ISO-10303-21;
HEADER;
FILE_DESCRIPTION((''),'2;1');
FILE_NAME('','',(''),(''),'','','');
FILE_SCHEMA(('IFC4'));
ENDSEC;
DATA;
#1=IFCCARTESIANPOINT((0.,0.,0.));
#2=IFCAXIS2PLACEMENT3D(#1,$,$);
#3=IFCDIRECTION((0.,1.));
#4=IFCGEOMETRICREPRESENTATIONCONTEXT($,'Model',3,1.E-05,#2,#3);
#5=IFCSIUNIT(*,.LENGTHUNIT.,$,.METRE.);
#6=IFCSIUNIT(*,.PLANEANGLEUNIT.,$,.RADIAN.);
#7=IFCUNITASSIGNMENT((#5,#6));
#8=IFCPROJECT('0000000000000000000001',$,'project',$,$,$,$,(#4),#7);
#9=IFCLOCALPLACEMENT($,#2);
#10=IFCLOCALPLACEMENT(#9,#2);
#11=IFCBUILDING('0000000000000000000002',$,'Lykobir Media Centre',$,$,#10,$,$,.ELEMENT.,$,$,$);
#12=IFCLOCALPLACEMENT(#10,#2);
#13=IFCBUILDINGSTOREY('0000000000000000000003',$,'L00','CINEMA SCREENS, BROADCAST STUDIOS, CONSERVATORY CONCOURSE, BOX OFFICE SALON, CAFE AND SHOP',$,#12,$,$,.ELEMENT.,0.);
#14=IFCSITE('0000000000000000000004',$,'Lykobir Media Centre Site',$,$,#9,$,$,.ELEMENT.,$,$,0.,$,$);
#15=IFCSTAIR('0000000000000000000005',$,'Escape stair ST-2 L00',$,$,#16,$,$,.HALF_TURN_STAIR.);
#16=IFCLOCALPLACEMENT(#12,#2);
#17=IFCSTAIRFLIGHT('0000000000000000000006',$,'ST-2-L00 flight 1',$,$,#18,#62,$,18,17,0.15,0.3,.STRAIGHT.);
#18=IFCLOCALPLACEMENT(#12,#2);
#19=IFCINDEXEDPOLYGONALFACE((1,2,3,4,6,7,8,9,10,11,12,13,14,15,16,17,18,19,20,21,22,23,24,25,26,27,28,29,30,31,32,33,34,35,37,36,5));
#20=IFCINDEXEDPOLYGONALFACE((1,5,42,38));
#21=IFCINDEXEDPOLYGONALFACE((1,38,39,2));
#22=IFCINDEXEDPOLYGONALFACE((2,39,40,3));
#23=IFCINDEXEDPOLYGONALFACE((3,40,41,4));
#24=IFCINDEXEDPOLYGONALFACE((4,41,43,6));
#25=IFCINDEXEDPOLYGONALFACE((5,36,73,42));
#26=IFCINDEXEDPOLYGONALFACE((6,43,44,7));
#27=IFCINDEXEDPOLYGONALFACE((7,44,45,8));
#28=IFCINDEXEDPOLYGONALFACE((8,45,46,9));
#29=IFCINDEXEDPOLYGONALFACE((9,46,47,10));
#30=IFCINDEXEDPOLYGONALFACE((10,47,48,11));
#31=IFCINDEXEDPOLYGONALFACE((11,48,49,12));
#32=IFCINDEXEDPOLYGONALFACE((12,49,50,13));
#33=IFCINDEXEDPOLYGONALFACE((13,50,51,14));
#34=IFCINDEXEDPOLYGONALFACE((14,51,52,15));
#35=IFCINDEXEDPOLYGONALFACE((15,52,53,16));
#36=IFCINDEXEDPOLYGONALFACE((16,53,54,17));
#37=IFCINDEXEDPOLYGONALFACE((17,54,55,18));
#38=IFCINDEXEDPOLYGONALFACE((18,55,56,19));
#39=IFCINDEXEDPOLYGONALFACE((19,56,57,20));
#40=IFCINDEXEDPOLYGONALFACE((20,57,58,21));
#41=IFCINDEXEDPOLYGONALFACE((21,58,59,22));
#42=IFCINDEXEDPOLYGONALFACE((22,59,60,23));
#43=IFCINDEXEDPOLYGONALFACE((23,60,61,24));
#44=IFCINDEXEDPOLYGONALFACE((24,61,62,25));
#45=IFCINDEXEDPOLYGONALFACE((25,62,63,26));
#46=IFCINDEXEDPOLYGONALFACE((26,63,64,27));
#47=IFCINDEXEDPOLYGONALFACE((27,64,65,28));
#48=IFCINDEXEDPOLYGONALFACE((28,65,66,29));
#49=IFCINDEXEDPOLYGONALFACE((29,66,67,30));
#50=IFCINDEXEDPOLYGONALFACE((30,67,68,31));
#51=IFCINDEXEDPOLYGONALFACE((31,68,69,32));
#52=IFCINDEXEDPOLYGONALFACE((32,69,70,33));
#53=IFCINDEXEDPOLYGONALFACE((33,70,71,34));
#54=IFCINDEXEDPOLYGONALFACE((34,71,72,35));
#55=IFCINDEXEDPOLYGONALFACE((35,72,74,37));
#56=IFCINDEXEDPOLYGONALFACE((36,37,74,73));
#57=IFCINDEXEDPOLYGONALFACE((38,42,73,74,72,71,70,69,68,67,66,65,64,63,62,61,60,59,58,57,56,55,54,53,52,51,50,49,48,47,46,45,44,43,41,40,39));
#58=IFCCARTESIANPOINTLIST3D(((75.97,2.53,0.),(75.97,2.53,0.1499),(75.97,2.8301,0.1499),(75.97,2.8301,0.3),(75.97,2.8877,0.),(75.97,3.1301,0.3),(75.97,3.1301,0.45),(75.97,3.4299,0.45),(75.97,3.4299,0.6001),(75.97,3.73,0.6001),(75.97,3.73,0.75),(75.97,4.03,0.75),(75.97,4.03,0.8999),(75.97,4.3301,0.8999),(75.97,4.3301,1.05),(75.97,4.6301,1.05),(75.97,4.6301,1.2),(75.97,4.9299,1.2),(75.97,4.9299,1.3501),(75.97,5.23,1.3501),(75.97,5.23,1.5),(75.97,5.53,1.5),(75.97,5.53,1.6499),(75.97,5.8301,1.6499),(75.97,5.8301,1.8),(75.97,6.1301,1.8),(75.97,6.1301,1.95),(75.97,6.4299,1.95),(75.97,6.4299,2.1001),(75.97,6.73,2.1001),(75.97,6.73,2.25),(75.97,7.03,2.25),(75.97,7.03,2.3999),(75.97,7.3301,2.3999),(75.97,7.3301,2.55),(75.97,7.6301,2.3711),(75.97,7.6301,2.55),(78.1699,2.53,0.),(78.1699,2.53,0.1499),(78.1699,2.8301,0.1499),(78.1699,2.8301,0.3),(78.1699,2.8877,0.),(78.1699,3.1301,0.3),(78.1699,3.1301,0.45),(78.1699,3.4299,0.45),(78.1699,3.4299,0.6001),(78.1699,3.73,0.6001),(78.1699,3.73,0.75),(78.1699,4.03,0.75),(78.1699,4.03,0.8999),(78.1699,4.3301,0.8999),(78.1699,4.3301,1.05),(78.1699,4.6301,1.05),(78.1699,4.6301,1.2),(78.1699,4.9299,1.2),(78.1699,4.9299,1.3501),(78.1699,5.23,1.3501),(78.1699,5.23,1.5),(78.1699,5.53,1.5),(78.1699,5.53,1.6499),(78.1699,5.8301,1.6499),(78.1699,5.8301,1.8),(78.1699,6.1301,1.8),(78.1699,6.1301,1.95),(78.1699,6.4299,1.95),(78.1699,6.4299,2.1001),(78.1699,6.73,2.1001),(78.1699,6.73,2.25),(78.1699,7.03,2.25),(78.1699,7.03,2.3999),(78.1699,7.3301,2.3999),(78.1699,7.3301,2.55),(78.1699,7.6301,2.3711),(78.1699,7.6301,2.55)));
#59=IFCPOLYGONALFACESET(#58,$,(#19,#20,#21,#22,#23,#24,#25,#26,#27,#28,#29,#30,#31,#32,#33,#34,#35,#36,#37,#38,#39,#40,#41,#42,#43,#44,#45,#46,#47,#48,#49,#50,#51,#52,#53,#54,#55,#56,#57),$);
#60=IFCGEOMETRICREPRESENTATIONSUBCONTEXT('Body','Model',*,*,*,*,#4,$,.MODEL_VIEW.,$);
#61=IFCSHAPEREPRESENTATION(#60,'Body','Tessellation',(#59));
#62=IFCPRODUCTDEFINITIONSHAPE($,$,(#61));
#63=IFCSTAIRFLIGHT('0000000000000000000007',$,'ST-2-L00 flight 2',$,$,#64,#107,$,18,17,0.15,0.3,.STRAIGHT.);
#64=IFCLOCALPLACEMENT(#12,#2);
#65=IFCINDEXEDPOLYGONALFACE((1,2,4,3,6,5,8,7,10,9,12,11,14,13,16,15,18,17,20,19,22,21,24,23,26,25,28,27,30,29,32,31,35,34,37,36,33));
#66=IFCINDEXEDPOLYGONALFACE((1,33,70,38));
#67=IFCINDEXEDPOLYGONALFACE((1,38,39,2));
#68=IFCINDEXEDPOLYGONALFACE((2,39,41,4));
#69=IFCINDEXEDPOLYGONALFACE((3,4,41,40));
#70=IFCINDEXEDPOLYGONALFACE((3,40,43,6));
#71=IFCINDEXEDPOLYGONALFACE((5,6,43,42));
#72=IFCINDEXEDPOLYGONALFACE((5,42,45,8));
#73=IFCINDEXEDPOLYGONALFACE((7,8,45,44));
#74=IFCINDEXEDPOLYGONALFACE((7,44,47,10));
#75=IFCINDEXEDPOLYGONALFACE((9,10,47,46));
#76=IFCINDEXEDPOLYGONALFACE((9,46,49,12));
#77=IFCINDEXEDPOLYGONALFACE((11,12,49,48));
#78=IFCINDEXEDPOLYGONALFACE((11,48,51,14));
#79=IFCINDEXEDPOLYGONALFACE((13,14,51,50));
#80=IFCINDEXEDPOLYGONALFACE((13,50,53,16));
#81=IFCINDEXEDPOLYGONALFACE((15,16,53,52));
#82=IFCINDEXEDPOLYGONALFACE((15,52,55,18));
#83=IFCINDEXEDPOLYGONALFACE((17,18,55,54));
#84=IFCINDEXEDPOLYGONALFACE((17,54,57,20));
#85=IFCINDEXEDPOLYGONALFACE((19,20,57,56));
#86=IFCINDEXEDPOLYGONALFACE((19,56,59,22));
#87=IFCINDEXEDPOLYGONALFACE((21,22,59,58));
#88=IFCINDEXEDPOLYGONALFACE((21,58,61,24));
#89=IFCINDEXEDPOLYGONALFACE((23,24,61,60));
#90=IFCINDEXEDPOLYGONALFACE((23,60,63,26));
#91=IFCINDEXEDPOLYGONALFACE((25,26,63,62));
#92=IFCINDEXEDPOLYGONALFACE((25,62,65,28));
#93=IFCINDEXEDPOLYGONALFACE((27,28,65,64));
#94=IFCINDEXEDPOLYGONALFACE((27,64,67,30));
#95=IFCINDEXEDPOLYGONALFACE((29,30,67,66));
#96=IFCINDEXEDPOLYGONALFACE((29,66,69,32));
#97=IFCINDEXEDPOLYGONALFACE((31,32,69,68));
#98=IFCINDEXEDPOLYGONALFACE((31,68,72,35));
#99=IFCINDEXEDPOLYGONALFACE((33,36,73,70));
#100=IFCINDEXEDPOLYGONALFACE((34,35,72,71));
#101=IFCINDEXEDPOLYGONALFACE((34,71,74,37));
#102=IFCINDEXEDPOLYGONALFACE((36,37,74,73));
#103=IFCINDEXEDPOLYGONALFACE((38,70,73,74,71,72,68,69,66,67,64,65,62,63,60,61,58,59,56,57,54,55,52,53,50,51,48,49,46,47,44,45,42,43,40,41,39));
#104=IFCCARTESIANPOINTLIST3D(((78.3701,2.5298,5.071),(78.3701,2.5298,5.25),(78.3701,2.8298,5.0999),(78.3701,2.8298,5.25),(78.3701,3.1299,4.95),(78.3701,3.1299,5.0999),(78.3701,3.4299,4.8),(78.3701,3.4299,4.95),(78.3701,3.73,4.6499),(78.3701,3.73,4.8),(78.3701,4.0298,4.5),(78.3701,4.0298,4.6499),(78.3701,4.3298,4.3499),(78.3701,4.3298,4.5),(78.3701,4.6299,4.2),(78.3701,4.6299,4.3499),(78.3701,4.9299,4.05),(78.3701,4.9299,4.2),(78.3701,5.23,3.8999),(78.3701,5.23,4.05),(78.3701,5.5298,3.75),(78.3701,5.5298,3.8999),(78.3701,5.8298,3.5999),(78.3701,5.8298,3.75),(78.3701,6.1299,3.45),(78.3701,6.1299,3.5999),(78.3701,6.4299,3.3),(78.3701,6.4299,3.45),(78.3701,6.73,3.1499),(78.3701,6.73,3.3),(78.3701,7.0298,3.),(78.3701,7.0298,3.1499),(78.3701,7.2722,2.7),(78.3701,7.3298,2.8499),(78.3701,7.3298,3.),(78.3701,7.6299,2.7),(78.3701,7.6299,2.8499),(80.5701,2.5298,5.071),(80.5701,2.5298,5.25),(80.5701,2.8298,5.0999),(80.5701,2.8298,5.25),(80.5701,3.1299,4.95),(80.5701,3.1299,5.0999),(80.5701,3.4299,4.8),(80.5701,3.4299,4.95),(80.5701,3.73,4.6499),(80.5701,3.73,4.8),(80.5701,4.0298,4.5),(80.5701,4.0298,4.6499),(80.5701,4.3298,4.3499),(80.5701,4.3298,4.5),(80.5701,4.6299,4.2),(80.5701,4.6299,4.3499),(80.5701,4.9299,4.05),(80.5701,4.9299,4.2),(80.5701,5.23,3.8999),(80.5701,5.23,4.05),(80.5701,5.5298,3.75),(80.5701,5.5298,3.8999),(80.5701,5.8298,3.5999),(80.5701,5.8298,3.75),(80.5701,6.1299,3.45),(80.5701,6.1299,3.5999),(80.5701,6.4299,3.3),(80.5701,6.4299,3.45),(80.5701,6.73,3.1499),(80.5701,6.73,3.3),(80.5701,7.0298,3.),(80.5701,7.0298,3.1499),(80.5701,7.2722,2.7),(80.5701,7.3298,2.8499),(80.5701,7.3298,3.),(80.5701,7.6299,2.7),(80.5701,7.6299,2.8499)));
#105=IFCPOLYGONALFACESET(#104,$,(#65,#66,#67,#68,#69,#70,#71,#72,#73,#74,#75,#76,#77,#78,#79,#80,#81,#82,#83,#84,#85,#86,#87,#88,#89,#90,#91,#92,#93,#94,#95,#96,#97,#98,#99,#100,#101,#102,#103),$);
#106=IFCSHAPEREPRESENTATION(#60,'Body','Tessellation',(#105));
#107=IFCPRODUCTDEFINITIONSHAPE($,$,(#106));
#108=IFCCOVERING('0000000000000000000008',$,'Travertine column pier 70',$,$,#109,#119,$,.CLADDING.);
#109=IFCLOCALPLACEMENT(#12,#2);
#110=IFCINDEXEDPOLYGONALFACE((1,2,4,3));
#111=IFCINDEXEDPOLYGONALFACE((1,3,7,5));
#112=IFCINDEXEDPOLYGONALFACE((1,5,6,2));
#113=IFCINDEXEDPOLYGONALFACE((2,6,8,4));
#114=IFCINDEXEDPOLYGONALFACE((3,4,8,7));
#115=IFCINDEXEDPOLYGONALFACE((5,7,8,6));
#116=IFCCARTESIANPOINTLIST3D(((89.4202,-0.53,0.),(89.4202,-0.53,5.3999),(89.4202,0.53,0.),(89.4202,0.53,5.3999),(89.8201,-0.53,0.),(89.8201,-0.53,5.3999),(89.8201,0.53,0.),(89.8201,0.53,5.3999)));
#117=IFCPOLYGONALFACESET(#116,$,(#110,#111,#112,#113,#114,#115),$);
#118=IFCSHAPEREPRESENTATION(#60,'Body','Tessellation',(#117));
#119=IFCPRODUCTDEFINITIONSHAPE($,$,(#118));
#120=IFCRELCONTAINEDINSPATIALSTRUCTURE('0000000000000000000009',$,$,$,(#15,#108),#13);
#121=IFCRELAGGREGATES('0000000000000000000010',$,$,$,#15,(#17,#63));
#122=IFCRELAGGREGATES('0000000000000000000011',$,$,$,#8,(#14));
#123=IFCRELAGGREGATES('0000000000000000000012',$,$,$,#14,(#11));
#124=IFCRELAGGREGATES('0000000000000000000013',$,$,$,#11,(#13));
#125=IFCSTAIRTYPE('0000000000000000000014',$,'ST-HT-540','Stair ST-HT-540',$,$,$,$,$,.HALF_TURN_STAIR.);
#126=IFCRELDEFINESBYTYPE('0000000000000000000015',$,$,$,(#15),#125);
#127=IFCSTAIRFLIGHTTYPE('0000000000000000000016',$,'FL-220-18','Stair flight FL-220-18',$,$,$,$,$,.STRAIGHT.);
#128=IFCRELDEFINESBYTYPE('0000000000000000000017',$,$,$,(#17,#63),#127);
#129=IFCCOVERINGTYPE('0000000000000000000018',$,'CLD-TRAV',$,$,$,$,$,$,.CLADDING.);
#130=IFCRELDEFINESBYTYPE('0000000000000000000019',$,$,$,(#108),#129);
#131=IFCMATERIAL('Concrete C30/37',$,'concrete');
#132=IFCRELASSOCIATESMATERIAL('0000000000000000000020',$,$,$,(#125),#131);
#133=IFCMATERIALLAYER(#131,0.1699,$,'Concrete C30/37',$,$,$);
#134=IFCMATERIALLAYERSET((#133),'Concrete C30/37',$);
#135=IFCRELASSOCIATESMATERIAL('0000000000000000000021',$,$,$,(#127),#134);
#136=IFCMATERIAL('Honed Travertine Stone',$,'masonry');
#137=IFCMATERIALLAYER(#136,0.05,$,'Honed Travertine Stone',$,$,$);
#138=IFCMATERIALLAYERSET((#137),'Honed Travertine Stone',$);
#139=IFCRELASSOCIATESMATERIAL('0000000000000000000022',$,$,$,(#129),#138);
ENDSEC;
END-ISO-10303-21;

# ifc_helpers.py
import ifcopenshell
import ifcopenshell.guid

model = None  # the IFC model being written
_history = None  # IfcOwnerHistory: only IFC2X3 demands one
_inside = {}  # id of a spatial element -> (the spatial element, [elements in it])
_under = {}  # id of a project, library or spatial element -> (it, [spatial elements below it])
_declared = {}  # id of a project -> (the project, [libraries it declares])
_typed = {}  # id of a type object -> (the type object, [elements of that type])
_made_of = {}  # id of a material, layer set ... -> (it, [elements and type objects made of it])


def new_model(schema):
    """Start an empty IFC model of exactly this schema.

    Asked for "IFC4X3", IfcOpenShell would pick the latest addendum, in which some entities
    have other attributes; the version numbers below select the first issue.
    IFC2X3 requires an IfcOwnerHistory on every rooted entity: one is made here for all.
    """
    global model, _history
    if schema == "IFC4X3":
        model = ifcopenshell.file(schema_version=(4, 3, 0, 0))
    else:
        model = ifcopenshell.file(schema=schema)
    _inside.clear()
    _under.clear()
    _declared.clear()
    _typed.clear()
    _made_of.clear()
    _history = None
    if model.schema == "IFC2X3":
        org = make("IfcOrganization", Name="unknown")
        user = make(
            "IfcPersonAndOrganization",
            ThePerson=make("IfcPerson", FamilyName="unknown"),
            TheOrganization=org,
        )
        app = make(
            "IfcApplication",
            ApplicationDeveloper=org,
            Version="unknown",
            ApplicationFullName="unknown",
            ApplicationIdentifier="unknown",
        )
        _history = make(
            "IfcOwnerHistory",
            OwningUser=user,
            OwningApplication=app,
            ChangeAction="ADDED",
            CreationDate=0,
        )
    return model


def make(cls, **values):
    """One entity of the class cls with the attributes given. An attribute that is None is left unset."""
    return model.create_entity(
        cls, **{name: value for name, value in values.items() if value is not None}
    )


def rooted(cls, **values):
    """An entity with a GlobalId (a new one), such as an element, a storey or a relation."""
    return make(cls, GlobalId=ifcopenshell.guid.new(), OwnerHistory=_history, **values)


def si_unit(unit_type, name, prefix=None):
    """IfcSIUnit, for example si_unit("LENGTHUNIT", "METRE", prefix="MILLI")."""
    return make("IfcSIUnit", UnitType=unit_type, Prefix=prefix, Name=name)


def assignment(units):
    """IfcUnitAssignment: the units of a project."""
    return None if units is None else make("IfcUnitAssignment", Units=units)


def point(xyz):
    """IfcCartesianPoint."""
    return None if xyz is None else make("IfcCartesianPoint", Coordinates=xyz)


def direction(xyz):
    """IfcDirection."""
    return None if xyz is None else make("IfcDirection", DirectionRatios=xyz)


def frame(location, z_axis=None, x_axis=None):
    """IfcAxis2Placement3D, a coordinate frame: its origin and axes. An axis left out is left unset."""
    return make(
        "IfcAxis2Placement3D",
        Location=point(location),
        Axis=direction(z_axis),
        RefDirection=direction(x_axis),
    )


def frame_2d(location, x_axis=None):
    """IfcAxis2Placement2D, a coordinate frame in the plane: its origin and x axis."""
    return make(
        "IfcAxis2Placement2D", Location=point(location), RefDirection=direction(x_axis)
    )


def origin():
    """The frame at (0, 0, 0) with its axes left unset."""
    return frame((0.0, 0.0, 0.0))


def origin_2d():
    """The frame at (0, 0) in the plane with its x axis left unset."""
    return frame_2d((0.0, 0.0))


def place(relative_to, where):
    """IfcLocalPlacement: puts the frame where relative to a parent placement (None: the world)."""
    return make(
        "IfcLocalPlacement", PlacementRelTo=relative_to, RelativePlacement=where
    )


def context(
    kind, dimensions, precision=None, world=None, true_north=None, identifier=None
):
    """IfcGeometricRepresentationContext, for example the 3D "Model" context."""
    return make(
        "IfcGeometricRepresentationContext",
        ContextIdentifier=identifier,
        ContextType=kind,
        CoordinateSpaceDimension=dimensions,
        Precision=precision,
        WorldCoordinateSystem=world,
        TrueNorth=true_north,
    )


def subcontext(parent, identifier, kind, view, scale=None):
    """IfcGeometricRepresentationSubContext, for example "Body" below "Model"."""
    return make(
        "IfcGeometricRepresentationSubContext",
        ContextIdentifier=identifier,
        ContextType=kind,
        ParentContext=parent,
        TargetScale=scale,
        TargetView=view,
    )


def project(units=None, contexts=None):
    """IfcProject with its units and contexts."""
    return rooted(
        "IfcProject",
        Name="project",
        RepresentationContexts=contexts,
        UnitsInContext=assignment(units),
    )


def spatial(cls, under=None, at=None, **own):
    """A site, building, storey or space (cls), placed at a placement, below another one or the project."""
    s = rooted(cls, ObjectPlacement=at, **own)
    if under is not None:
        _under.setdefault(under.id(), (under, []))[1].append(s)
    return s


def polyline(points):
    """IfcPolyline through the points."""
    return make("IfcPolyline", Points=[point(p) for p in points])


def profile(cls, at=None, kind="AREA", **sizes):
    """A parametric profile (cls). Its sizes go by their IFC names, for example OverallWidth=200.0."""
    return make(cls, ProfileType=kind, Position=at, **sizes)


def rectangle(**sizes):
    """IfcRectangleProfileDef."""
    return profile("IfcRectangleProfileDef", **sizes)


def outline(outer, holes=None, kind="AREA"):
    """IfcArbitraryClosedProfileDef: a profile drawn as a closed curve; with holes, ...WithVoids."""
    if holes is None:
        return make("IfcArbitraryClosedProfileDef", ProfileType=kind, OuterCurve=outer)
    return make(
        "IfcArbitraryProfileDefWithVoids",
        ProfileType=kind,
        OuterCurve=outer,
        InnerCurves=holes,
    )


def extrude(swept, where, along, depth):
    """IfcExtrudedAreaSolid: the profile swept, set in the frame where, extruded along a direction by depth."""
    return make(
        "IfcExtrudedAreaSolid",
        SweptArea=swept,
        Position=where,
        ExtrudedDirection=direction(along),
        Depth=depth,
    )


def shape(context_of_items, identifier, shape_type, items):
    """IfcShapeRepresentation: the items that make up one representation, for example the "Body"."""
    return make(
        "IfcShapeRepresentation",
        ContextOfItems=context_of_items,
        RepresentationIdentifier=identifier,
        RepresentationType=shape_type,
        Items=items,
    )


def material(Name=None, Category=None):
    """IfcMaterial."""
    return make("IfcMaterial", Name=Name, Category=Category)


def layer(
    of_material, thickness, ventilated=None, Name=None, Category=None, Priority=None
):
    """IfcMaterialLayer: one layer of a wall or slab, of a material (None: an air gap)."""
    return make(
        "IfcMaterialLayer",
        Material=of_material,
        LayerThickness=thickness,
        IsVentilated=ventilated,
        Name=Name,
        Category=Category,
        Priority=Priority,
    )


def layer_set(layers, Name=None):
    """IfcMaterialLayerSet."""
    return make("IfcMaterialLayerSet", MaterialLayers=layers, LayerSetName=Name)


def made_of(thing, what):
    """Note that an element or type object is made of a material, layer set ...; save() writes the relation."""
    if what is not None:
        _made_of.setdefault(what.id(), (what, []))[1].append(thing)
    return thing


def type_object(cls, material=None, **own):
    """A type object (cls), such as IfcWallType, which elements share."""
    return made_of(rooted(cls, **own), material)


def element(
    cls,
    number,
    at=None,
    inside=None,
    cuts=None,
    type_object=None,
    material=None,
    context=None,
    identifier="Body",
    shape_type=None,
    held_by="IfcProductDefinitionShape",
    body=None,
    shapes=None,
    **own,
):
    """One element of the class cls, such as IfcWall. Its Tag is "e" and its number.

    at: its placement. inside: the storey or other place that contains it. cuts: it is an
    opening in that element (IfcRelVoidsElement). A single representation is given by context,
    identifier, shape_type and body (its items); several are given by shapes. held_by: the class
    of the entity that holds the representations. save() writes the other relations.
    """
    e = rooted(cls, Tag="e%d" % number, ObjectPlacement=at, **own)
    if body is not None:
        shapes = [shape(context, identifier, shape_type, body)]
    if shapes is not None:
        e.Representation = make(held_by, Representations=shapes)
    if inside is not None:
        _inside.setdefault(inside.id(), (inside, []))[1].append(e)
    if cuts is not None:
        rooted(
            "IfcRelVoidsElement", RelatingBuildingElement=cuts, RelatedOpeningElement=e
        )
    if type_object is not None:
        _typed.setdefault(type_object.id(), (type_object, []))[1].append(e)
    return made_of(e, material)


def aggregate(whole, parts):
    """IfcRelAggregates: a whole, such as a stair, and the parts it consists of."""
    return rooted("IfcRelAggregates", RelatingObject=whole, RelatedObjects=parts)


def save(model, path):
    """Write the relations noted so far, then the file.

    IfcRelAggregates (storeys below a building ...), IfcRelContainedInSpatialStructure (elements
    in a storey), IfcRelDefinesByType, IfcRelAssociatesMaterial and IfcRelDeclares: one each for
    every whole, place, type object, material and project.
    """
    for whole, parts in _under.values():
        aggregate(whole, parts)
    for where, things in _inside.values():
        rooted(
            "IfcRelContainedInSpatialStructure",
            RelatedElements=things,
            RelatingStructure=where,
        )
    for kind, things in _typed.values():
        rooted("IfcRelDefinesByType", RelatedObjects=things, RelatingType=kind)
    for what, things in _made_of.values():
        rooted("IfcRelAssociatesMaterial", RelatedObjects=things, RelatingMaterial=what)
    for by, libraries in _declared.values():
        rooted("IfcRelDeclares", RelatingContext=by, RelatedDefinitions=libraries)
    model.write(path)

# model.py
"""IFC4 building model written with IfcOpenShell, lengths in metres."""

from ifc_helpers import new_model, si_unit, direction, frame, origin, origin_2d, place, context, subcontext, project, spatial, polyline, rectangle, outline, extrude, material, layer, layer_set, type_object, element, aggregate, save


model = new_model("IFC4")

# Units and contexts
model_context = context("Model", 3, precision=1e-05, world=origin(), true_north=direction((0.0, 1.0)))
body_context = subcontext(model_context, "Body", "Model", "MODEL_VIEW")
ifc_project = project(units=[si_unit("LENGTHUNIT", "METRE"), si_unit("PLANEANGLEUNIT", "RADIAN")], contexts=[model_context])

# Site, building, storey
site_placement = place(None, origin())
site = spatial("IfcSite", under=ifc_project, at=site_placement, Name="Lykobir Media Centre Site", CompositionType="ELEMENT", RefElevation=0.0)
building_placement = place(site_placement, origin())
building = spatial("IfcBuilding", under=site, at=building_placement, Name="Lykobir Media Centre", CompositionType="ELEMENT")
storey_placement = place(building_placement, origin())
storey = spatial("IfcBuildingStorey", under=building, at=storey_placement, Name="L00", Description="CINEMA SCREENS, BROADCAST STUDIOS, CONSERVATORY CONCOURSE, BOX OFFICE SALON, CAFE AND SHOP", CompositionType="ELEMENT", Elevation=0.0)

# Shared definitions
ifc_material_1 = material(Name="Honed Travertine Stone", Category="masonry")

# Shared definitions
ifc_material_2 = material(Name="Concrete C30/37", Category="concrete")

# Stair, stair flights
stair_type = type_object("IfcStairType", Name="ST-HT-540", Description="Stair ST-HT-540", PredefinedType="HALF_TURN_STAIR", material=ifc_material_2)
stair_placement = place(storey_placement, origin())
stair = element("IfcStair", 1, at=stair_placement, inside=storey, type_object=stair_type, Name="Escape stair ST-2 L00", PredefinedType="HALF_TURN_STAIR")
ifc_layer_1 = layer(ifc_material_2, 0.1699, Name="Concrete C30/37")
ifc_layer_set_1 = layer_set([ifc_layer_1], Name="Concrete C30/37")
stair_flight_type = type_object("IfcStairFlightType", Name="FL-220-18", Description="Stair flight FL-220-18", PredefinedType="STRAIGHT", material=ifc_layer_set_1)
stair_flight_1_placement = place(storey_placement, frame((77.0701, 2.53, 0.0), z_axis=(0.0, 0.0, 1.0), x_axis=(0.0, 1.0, 0.0)))
stair_flight_1 = element("IfcStairFlight", 2, at=stair_flight_1_placement, type_object=stair_flight_type, Name="ST-2-L00 flight 1", NumberOfRisers=18, NumberOfTreads=17, PredefinedType="STRAIGHT", RiserHeight=0.15, TreadLength=0.3, context=body_context, shape_type="SweptSolid", body=[
    extrude(outline(polyline([(0.0, 0.0), (0.0, 0.1499), (0.3, 0.1499), (0.3, 0.3), (0.6001, 0.3), (0.6001, 0.45), (0.8999, 0.45), (0.8999, 0.6001), (1.2, 0.6001), (1.2, 0.75), (1.5, 0.75), (1.5, 0.8999), (1.8, 0.8999), (1.8, 1.05), (2.1001, 1.05), (2.1001, 1.2), (2.3999, 1.2), (2.3999, 1.3501), (2.7, 1.3501), (2.7, 1.5), (3.0, 1.5), (3.0, 1.6499), (3.3, 1.6499), (3.3, 1.8), (3.6001, 1.8), (3.6001, 1.95), (3.8999, 1.95), (3.8999, 2.1001), (4.2, 2.1001), (4.2, 2.25), (4.5, 2.25), (4.5, 2.3999), (4.8, 2.3999), (4.8, 2.55), (5.1001, 2.55), (5.1001, 2.7), (5.1001, 2.3711), (0.3577, 0.0), (0.0, 0.0)])), frame((0.0, 1.1001, 0.0), z_axis=(0.0, -1.0, 0.0), x_axis=(1.0, 0.0, 0.0)), (0.0, 0.0, 1.0), 2.2),
])
stair_flight_2_placement = place(storey_placement, frame((79.47, 7.6299, 2.7), z_axis=(0.0, 0.0, 1.0), x_axis=(0.0, -1.0, 0.0)))
stair_flight_2 = element("IfcStairFlight", 3, at=stair_flight_2_placement, type_object=stair_flight_type, Name="ST-2-L00 flight 2", NumberOfRisers=18, NumberOfTreads=17, PredefinedType="STRAIGHT", RiserHeight=0.15, TreadLength=0.3, context=body_context, shape_type="SweptSolid", body=[
    extrude(outline(polyline([(0.0, 0.0), (0.0, 0.1499), (0.3, 0.1499), (0.3, 0.3), (0.6001, 0.3), (0.6001, 0.45), (0.8999, 0.45), (0.8999, 0.6001), (1.2, 0.6001), (1.2, 0.75), (1.5, 0.75), (1.5, 0.8999), (1.8, 0.8999), (1.8, 1.05), (2.1001, 1.05), (2.1001, 1.2), (2.3999, 1.2), (2.3999, 1.3501), (2.7, 1.3501), (2.7, 1.5), (3.0, 1.5), (3.0, 1.6499), (3.3, 1.6499), (3.3, 1.8), (3.6001, 1.8), (3.6001, 1.95), (3.8999, 1.95), (3.8999, 2.1001), (4.2, 2.1001), (4.2, 2.25), (4.5, 2.25), (4.5, 2.3999), (4.8, 2.3999), (4.8, 2.55), (5.1001, 2.55), (5.1001, 2.7), (5.1001, 2.3711), (0.3577, 0.0), (0.0, 0.0)])), frame((0.0, 1.1001, 0.0), z_axis=(0.0, -1.0, 0.0), x_axis=(1.0, 0.0, 0.0)), (0.0, 0.0, 1.0), 2.2),
])
aggregate(stair, [stair_flight_1, stair_flight_2])

# Covering
ifc_layer_2 = layer(ifc_material_1, 0.05, Name="Honed Travertine Stone")
ifc_layer_set_2 = layer_set([ifc_layer_2], Name="Honed Travertine Stone")
covering_type = type_object("IfcCoveringType", Name="CLD-TRAV", PredefinedType="CLADDING", material=ifc_layer_set_2)
covering_placement = place(storey_placement, frame((89.6201, 0.0, 0.0), z_axis=(0.0, 0.0, 1.0), x_axis=(0.0, -1.0, 0.0)))
element("IfcCovering", 4, at=covering_placement, inside=storey, type_object=covering_type, Name="Travertine column pier 70", PredefinedType="CLADDING", context=body_context, shape_type="SweptSolid", body=[
    extrude(rectangle(XDim=1.0601, YDim=0.3999, at=origin_2d()), origin(), (0.0, 0.0, 1.0), 5.3999),
])

save(model, "model.ifc")
